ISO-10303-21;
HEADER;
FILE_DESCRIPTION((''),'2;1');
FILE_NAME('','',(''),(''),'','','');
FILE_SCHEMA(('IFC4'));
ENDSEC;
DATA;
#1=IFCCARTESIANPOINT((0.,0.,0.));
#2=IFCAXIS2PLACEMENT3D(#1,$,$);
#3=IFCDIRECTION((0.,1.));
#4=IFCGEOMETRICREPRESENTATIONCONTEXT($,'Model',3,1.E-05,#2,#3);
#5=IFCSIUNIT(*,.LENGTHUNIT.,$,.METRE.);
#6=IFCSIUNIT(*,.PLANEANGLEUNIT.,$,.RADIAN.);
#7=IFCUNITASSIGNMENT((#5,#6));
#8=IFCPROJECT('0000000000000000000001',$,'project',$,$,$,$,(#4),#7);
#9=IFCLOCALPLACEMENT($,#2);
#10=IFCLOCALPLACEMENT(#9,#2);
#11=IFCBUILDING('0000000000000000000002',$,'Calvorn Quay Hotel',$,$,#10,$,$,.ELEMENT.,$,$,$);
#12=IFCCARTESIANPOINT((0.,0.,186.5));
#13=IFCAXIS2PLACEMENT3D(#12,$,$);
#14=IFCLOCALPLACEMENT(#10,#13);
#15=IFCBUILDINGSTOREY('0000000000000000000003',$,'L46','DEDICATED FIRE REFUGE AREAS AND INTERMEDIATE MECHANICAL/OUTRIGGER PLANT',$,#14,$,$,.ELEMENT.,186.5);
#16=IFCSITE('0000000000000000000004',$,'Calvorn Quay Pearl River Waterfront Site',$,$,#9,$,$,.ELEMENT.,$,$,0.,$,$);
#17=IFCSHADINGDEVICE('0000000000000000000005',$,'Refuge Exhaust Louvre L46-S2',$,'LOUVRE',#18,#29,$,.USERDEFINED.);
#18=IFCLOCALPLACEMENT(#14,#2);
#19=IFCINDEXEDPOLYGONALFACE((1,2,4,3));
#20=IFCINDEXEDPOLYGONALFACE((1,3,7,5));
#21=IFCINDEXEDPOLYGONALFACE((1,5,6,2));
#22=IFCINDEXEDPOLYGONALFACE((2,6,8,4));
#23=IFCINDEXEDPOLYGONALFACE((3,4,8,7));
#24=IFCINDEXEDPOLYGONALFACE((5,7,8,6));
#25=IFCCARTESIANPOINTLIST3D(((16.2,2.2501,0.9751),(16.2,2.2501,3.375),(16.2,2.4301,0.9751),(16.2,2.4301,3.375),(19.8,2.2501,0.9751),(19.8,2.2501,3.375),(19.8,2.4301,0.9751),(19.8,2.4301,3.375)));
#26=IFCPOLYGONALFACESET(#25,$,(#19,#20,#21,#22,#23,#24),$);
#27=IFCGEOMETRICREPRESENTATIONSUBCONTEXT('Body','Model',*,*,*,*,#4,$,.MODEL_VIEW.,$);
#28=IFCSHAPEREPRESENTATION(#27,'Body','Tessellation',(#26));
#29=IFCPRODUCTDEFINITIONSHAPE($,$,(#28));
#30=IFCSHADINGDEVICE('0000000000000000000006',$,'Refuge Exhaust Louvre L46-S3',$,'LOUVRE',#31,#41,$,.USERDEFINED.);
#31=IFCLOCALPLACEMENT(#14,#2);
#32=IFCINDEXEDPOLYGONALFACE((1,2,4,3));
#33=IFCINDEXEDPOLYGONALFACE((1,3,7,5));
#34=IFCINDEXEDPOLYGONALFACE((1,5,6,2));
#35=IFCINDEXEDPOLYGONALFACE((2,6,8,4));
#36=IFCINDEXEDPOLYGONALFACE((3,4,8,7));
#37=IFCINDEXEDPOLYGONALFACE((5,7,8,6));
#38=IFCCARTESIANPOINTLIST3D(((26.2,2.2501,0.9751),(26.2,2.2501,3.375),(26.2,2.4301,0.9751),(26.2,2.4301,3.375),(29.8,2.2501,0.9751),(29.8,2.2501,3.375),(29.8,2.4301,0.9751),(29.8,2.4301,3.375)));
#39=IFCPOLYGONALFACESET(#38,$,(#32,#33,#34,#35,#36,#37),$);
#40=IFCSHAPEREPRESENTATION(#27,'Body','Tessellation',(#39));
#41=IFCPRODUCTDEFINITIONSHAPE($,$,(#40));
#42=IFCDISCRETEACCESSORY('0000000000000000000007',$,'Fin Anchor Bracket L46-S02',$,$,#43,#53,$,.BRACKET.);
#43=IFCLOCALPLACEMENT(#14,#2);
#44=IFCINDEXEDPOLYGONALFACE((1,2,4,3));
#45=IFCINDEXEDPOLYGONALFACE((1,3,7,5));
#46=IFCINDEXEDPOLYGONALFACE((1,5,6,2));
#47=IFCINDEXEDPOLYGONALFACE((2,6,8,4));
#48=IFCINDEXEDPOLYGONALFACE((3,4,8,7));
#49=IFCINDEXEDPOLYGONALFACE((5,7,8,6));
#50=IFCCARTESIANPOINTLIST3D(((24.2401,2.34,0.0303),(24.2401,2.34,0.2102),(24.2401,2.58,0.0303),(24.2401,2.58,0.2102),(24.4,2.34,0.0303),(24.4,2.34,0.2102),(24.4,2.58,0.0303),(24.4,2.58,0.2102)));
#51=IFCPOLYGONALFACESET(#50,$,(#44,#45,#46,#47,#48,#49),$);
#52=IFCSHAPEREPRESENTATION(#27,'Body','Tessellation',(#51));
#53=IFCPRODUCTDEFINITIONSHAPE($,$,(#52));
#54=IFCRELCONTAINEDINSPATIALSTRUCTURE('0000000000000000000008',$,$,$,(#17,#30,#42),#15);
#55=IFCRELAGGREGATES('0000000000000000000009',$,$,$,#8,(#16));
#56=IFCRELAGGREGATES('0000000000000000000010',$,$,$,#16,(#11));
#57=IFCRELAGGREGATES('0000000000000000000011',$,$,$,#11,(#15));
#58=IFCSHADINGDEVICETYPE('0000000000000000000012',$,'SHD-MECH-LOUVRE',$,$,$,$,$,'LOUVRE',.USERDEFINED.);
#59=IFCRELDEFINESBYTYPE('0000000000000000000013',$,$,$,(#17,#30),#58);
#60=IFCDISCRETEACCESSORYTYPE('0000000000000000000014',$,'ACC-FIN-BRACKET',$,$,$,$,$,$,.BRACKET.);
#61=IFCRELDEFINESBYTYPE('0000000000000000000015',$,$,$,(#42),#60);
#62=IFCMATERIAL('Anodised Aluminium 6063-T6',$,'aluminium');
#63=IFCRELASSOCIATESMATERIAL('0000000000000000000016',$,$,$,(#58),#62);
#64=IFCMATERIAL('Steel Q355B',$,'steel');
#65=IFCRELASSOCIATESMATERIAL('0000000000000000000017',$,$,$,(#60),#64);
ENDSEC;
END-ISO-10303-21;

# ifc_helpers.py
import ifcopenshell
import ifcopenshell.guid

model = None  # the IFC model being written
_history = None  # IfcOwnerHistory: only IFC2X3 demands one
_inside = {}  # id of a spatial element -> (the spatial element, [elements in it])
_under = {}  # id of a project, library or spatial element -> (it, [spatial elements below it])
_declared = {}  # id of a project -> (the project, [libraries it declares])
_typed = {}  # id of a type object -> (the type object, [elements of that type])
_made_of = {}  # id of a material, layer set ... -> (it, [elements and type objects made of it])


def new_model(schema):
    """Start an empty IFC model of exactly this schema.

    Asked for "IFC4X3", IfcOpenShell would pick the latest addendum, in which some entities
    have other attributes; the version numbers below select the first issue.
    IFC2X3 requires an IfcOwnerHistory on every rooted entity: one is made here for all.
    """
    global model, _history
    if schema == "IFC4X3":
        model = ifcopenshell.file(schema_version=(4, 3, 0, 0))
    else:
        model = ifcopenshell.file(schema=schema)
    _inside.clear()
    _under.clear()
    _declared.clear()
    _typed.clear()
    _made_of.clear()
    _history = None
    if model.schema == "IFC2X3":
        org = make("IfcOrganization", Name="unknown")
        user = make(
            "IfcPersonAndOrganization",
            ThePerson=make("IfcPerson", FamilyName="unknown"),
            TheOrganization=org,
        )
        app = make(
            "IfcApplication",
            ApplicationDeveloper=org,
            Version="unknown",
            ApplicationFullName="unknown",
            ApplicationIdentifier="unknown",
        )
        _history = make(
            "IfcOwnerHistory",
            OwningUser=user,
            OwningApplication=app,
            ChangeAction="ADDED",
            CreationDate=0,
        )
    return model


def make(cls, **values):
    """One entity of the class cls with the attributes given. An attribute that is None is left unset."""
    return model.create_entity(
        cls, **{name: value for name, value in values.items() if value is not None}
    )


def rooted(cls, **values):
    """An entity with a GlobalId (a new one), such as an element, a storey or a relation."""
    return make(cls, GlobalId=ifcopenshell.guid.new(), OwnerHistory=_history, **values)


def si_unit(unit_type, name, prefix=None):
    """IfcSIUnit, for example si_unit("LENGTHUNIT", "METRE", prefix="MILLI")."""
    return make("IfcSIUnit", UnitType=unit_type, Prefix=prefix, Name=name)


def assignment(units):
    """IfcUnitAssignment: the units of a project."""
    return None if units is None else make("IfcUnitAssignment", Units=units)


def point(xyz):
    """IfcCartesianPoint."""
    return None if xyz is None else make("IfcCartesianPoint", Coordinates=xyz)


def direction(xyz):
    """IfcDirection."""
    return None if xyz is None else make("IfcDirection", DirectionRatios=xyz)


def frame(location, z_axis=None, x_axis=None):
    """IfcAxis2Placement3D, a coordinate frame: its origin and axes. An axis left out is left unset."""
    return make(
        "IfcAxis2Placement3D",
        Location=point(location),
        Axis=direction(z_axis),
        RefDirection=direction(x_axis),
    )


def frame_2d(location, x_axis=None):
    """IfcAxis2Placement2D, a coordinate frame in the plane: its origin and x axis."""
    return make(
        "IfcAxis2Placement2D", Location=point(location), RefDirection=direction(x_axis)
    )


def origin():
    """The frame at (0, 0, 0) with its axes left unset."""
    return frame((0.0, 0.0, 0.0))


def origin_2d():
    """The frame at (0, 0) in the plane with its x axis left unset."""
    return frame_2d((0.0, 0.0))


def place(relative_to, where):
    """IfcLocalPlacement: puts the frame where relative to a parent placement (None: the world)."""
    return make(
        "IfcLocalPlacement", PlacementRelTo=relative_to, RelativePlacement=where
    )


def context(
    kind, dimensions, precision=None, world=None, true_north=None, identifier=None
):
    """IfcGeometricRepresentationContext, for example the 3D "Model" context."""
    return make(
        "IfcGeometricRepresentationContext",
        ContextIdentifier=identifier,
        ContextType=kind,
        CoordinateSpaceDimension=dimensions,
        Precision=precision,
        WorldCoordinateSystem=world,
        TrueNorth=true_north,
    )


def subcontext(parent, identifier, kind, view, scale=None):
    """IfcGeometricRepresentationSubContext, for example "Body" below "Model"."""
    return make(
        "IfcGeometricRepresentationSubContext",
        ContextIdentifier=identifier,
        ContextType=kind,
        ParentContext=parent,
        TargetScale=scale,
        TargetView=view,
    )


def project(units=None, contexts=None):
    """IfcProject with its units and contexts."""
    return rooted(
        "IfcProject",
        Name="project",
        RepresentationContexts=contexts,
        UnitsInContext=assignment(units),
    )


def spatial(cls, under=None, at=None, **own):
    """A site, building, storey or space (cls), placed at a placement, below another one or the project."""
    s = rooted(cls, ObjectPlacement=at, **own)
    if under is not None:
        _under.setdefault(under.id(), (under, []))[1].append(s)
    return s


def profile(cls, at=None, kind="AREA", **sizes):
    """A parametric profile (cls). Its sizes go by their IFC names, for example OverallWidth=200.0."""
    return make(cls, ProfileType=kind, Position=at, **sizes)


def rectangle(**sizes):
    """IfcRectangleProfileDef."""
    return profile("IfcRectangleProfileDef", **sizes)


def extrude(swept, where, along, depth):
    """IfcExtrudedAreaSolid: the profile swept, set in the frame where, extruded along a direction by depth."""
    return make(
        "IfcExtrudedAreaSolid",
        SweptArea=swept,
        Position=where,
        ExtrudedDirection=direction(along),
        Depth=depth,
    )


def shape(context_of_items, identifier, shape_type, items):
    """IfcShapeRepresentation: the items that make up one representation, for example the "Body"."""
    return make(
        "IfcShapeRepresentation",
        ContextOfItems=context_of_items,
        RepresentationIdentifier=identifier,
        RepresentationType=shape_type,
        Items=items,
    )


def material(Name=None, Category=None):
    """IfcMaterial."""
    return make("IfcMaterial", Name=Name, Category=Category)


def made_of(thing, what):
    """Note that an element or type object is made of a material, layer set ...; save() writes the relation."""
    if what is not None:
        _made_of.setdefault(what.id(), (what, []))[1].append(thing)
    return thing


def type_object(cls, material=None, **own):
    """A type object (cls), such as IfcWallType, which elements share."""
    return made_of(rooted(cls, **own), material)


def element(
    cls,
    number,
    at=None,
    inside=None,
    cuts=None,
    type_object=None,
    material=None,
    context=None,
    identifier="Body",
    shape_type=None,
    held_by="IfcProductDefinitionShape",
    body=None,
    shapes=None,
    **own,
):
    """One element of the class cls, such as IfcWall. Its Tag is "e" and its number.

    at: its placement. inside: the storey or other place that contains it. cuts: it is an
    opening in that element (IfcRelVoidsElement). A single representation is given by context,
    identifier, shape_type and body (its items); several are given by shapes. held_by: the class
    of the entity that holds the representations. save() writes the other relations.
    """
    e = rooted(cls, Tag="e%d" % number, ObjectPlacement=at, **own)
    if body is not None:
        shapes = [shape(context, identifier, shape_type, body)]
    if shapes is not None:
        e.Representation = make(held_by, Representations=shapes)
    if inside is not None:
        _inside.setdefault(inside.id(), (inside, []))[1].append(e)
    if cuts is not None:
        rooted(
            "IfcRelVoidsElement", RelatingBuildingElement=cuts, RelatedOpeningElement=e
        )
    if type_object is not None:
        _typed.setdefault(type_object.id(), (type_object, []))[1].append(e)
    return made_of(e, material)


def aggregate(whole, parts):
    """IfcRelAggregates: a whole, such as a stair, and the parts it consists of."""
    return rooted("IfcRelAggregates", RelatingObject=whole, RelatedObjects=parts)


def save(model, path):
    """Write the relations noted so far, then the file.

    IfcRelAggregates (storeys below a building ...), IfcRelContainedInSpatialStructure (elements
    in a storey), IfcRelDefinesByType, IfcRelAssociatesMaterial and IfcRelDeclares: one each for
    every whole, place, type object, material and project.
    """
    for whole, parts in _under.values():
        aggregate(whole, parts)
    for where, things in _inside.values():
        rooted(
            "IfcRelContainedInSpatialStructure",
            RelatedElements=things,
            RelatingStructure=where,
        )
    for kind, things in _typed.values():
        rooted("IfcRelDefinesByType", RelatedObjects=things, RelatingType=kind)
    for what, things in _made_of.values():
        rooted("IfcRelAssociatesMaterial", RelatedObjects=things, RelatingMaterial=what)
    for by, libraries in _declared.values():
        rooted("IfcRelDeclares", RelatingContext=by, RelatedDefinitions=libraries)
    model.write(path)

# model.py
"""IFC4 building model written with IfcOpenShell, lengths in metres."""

from ifc_helpers import new_model, si_unit, direction, frame, origin, origin_2d, place, context, subcontext, project, spatial, rectangle, extrude, material, type_object, element, save


model = new_model("IFC4")

# Units and contexts
model_context = context("Model", 3, precision=1e-05, world=origin(), true_north=direction((0.0, 1.0)))
body_context = subcontext(model_context, "Body", "Model", "MODEL_VIEW")
ifc_project = project(units=[si_unit("LENGTHUNIT", "METRE"), si_unit("PLANEANGLEUNIT", "RADIAN")], contexts=[model_context])

# Site, building, storey
site_placement = place(None, origin())
site = spatial("IfcSite", under=ifc_project, at=site_placement, Name="Calvorn Quay Pearl River Waterfront Site", CompositionType="ELEMENT", RefElevation=0.0)
building_placement = place(site_placement, origin())
building = spatial("IfcBuilding", under=site, at=building_placement, Name="Calvorn Quay Hotel", CompositionType="ELEMENT")
storey_placement = place(building_placement, frame((0.0, 0.0, 186.5)))
storey = spatial("IfcBuildingStorey", under=building, at=storey_placement, Name="L46", Description="DEDICATED FIRE REFUGE AREAS AND INTERMEDIATE MECHANICAL/OUTRIGGER PLANT", CompositionType="ELEMENT", Elevation=186.5)

# Shading devices
ifc_material_1 = material(Name="Anodised Aluminium 6063-T6", Category="aluminium")
shading_device_type_1 = type_object("IfcShadingDeviceType", Name="SHD-MECH-LOUVRE", ElementType="LOUVRE", PredefinedType="USERDEFINED", material=ifc_material_1)
for number, where, z_axis, x_axis, name in (
    (1, (18.0, 2.3401, 0.9751), (0.0, 0.0, 1.0), (1.0, 0.0, 0.0), "Refuge Exhaust Louvre L46-S2"),
    (2, (28.0, 2.3401, 0.9751), (0.0, 0.0, 1.0), (1.0, 0.0, 0.0), "Refuge Exhaust Louvre L46-S3"),
):
    element("IfcShadingDevice", number, at=place(storey_placement, frame(where, z_axis=z_axis, x_axis=x_axis)), inside=storey, type_object=shading_device_type_1, Name=name, ObjectType="LOUVRE", PredefinedType="USERDEFINED", context=body_context, shape_type="SweptSolid", body=[
        extrude(rectangle(XDim=3.6001, YDim=0.1799, at=origin_2d()), origin(), (0.0, 0.0, 1.0), 2.3999),
    ])

# Discrete accessory
ifc_material_2 = material(Name="Steel Q355B", Category="steel")
discrete_accessory_type = type_object("IfcDiscreteAccessoryType", Name="ACC-FIN-BRACKET", PredefinedType="BRACKET", material=ifc_material_2)
discrete_accessory_placement = place(storey_placement, frame((24.3201, 2.46, 0.0303), z_axis=(0.0, 0.0, 1.0), x_axis=(0.0, 1.0, 0.0)))
element("IfcDiscreteAccessory", 3, at=discrete_accessory_placement, inside=storey, type_object=discrete_accessory_type, Name="Fin Anchor Bracket L46-S02", PredefinedType="BRACKET", context=body_context, shape_type="SweptSolid", body=[
    extrude(rectangle(XDim=0.24, YDim=0.1599, at=origin_2d()), origin(), (0.0, 0.0, 1.0), 0.1799),
])

save(model, "model.ifc")
